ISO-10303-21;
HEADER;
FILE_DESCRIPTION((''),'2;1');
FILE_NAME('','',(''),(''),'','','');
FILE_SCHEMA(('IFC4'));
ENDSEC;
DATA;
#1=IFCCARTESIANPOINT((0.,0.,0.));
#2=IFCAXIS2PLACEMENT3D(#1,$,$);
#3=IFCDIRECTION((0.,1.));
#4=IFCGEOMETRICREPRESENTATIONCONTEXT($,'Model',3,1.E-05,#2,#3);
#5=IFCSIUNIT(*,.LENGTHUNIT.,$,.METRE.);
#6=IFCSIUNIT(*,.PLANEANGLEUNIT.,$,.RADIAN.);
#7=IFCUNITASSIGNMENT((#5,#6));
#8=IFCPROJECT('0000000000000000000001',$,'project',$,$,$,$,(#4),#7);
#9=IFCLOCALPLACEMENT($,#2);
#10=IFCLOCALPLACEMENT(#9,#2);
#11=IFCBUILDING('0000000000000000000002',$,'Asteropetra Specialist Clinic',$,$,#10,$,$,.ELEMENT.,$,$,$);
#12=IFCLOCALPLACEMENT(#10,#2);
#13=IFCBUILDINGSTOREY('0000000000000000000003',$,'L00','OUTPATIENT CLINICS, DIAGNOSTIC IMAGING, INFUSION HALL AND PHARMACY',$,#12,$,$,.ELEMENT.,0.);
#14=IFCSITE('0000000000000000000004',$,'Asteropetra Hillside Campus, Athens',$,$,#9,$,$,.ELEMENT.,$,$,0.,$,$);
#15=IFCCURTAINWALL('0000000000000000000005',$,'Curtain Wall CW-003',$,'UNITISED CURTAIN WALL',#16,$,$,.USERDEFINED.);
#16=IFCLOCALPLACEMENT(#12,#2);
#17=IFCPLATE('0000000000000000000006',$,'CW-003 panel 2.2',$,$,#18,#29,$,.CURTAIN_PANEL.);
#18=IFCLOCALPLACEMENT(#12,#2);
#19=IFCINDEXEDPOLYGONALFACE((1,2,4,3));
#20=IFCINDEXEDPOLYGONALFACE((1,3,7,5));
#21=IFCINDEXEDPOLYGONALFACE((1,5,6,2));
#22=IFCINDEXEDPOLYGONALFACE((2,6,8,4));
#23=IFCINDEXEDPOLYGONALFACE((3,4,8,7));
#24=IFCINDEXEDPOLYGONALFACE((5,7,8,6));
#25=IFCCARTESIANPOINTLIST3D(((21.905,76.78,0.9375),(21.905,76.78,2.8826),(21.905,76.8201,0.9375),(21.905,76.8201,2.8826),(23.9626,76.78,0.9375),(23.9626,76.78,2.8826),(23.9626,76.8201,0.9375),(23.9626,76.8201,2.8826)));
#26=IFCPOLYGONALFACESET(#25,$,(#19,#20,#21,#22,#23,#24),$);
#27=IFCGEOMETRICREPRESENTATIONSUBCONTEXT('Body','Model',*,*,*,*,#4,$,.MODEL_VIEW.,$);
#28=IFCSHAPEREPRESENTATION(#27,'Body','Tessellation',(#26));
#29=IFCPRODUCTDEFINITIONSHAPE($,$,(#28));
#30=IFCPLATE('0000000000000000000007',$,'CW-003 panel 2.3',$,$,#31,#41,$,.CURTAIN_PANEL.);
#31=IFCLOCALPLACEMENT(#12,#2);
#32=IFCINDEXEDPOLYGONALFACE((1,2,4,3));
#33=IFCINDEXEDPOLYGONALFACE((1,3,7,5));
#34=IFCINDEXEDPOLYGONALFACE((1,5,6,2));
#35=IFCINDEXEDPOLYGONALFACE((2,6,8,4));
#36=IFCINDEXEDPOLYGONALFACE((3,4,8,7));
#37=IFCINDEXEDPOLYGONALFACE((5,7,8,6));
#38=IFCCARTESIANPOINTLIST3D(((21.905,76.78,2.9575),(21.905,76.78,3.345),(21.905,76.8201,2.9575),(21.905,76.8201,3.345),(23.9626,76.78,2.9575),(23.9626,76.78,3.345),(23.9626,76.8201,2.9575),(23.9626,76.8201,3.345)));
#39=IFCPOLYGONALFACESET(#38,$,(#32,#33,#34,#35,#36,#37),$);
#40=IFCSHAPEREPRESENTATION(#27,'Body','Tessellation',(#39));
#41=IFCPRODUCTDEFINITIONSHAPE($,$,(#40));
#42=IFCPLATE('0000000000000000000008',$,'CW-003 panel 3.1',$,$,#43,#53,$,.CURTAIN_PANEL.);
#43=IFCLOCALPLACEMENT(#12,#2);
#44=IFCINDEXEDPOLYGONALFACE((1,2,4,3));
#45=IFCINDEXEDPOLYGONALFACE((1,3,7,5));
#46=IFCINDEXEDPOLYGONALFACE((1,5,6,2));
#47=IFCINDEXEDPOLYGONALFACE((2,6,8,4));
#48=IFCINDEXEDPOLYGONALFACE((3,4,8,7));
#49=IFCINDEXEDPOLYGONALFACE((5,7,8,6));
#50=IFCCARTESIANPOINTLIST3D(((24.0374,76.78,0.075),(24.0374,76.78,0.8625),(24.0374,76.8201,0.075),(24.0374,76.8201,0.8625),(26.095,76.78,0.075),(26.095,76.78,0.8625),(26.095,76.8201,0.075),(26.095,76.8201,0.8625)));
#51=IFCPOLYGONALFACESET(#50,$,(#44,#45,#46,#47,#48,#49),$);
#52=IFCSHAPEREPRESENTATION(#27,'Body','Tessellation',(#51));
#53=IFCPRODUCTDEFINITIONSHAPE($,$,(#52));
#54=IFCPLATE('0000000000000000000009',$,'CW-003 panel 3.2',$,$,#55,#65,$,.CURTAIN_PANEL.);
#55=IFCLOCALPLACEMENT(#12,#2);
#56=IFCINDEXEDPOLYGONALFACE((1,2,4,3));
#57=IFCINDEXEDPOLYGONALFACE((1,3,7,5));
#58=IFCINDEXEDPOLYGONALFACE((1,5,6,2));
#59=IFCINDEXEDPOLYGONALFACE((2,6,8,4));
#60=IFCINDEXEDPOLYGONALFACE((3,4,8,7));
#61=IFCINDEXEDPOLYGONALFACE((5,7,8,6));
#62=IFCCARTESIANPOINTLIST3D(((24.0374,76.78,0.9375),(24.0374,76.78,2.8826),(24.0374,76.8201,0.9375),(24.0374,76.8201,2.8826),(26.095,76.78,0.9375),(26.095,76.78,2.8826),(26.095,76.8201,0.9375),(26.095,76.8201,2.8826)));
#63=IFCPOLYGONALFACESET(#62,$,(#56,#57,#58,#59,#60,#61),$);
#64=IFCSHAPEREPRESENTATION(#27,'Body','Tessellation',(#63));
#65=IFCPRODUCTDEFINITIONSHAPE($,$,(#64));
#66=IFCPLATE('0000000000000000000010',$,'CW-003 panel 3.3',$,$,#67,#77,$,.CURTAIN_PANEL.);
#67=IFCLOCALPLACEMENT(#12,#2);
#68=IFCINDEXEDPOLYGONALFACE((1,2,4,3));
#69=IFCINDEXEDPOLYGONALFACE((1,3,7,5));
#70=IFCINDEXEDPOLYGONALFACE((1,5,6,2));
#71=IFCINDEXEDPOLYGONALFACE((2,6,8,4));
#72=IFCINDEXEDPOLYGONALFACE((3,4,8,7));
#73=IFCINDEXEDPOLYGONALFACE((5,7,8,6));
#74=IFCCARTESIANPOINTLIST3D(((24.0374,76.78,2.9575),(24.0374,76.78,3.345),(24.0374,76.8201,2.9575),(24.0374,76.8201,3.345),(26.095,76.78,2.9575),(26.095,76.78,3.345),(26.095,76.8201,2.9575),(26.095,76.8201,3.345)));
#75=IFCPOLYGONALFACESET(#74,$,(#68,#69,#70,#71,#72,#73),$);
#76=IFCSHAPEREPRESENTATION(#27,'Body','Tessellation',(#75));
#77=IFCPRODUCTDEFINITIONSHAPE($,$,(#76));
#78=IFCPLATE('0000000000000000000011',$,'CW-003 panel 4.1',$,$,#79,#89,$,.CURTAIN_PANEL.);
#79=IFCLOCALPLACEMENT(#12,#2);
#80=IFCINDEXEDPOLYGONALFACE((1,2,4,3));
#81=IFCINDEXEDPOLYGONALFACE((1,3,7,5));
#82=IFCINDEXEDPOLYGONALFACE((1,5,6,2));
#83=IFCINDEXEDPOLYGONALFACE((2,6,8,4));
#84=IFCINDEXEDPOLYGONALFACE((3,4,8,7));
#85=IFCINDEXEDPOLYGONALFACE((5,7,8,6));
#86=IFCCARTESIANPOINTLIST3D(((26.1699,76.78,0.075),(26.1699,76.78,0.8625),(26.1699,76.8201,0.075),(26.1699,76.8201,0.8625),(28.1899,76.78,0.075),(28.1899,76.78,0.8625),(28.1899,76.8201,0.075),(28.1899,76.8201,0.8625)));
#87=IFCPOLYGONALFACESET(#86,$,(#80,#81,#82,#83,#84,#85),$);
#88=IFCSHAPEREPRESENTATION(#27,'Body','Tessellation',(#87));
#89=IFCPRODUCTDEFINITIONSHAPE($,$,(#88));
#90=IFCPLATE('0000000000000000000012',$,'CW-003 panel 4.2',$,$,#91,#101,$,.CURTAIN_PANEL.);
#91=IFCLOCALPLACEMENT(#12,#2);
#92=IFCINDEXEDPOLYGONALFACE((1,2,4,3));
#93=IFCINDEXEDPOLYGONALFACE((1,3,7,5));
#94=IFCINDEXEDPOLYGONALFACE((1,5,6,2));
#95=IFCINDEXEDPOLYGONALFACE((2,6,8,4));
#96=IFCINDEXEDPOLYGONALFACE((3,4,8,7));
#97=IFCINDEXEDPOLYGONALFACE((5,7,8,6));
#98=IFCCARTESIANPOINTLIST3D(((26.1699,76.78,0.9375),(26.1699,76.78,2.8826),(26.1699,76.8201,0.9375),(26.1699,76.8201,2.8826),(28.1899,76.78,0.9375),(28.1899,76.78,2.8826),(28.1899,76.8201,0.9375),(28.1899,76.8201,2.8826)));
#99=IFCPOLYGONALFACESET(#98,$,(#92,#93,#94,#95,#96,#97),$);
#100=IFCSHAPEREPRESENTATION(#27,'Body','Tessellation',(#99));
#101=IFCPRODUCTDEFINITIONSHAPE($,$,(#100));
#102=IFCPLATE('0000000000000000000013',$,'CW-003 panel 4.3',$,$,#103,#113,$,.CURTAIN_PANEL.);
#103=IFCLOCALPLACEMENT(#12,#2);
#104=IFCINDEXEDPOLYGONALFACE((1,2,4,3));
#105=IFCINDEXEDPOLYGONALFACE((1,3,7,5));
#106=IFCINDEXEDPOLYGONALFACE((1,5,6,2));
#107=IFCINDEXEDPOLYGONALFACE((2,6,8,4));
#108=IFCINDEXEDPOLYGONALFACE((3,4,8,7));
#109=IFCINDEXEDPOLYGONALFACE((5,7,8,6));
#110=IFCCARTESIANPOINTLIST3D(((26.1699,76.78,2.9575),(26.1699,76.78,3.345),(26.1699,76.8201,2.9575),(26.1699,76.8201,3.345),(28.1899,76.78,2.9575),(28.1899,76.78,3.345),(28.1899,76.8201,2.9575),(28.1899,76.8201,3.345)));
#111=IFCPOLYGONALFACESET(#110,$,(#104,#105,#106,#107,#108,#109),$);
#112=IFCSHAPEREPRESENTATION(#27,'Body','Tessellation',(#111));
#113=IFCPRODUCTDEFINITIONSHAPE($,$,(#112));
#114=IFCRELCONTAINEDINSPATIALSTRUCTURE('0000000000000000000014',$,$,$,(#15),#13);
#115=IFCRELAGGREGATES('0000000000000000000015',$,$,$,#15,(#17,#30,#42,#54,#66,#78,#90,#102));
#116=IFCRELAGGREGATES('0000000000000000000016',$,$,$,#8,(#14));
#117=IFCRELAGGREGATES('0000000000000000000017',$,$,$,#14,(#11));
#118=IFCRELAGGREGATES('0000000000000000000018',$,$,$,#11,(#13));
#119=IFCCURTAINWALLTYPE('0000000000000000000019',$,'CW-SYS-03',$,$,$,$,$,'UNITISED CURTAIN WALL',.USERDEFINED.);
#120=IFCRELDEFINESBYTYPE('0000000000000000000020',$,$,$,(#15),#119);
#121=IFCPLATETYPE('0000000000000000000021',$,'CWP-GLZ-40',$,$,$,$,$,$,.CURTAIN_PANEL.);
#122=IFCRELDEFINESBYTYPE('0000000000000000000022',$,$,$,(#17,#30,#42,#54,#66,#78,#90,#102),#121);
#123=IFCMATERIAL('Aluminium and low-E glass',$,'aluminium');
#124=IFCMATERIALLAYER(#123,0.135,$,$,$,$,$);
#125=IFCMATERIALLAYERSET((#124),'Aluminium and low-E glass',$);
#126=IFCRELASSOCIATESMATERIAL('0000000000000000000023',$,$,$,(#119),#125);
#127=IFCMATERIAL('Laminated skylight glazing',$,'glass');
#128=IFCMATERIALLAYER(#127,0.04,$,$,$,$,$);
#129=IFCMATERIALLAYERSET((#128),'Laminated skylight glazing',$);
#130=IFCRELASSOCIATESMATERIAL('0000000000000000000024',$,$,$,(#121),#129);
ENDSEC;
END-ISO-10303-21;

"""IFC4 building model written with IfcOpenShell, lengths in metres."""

from ifc_helpers import new_model, si_unit, direction, frame, origin, origin_2d, place, context, subcontext, project, spatial, rectangle, extrude, material, layer, layer_set, type_object, element, aggregate, save


model = new_model("IFC4")

# Units and contexts
model_context = context("Model", 3, precision=1e-05, world=origin(), true_north=direction((0.0, 1.0)))
body_context = subcontext(model_context, "Body", "Model", "MODEL_VIEW")
ifc_project = project(units=[si_unit("LENGTHUNIT", "METRE"), si_unit("PLANEANGLEUNIT", "RADIAN")], contexts=[model_context])

# Site, building, storey
site_placement = place(None, origin())
site = spatial("IfcSite", under=ifc_project, at=site_placement, Name="Asteropetra Hillside Campus, Athens", CompositionType="ELEMENT", RefElevation=0.0)
building_placement = place(site_placement, origin())
building = spatial("IfcBuilding", under=site, at=building_placement, Name="Asteropetra Specialist Clinic", CompositionType="ELEMENT")
storey_placement = place(building_placement, origin())
storey = spatial("IfcBuildingStorey", under=building, at=storey_placement, Name="L00", Description="OUTPATIENT CLINICS, DIAGNOSTIC IMAGING, INFUSION HALL AND PHARMACY", CompositionType="ELEMENT", Elevation=0.0)

# Curtain wall, plates
ifc_material_1 = material(Name="Aluminium and low-E glass", Category="aluminium")
ifc_layer_1 = layer(ifc_material_1, 0.135)
ifc_layer_set_1 = layer_set([ifc_layer_1], Name="Aluminium and low-E glass")
curtain_wall_type = type_object("IfcCurtainWallType", Name="CW-SYS-03", ElementType="UNITISED CURTAIN WALL", PredefinedType="USERDEFINED", material=ifc_layer_set_1)
curtain_wall_placement = place(storey_placement, origin())
curtain_wall = element("IfcCurtainWall", 1, at=curtain_wall_placement, inside=storey, type_object=curtain_wall_type, Name="Curtain Wall CW-003", ObjectType="UNITISED CURTAIN WALL", PredefinedType="USERDEFINED")
ifc_material_2 = material(Name="Laminated skylight glazing", Category="glass")
ifc_layer_2 = layer(ifc_material_2, 0.04)
ifc_layer_set_2 = layer_set([ifc_layer_2], Name="Laminated skylight glazing")
plate_type = type_object("IfcPlateType", Name="CWP-GLZ-40", PredefinedType="CURTAIN_PANEL", material=ifc_layer_set_2)
plate_1_placement = place(storey_placement, frame((22.9338, 76.8, 0.9375), z_axis=(0.0, 0.0, 1.0), x_axis=(1.0, 0.0, 0.0)))
plate_1 = element("IfcPlate", 2, at=plate_1_placement, type_object=plate_type, Name="CW-003 panel 2.2", PredefinedType="CURTAIN_PANEL", context=body_context, shape_type="SweptSolid", body=[
    extrude(rectangle(XDim=2.0576, YDim=0.04, at=origin_2d()), origin(), (0.0, 0.0, 1.0), 1.9451),
])
plate_2_placement = place(storey_placement, frame((22.9338, 76.8, 2.9575), z_axis=(0.0, 0.0, 1.0), x_axis=(1.0, 0.0, 0.0)))
plate_2 = element("IfcPlate", 3, at=plate_2_placement, type_object=plate_type, Name="CW-003 panel 2.3", PredefinedType="CURTAIN_PANEL", context=body_context, shape_type="SweptSolid", body=[
    extrude(rectangle(XDim=2.0576, YDim=0.04, at=origin_2d()), origin(), (0.0, 0.0, 1.0), 0.3875),
])
plate_3_placement = place(storey_placement, frame((25.0662, 76.8, 0.075), z_axis=(0.0, 0.0, 1.0), x_axis=(1.0, 0.0, 0.0)))
plate_3 = element("IfcPlate", 4, at=plate_3_placement, type_object=plate_type, Name="CW-003 panel 3.1", PredefinedType="CURTAIN_PANEL", context=body_context, shape_type="SweptSolid", body=[
    extrude(rectangle(XDim=2.0576, YDim=0.04, at=origin_2d()), origin(), (0.0, 0.0, 1.0), 0.7876),
])
plate_4_placement = place(storey_placement, frame((25.0662, 76.8, 0.9375), z_axis=(0.0, 0.0, 1.0), x_axis=(1.0, 0.0, 0.0)))
plate_4 = element("IfcPlate", 5, at=plate_4_placement, type_object=plate_type, Name="CW-003 panel 3.2", PredefinedType="CURTAIN_PANEL", context=body_context, shape_type="SweptSolid", body=[
    extrude(rectangle(XDim=2.0576, YDim=0.04, at=origin_2d()), origin(), (0.0, 0.0, 1.0), 1.9451),
])
plate_5_placement = place(storey_placement, frame((25.0662, 76.8, 2.9575), z_axis=(0.0, 0.0, 1.0), x_axis=(1.0, 0.0, 0.0)))
plate_5 = element("IfcPlate", 6, at=plate_5_placement, type_object=plate_type, Name="CW-003 panel 3.3", PredefinedType="CURTAIN_PANEL", context=body_context, shape_type="SweptSolid", body=[
    extrude(rectangle(XDim=2.0576, YDim=0.04, at=origin_2d()), origin(), (0.0, 0.0, 1.0), 0.3875),
])
plate_6_placement = place(storey_placement, frame((27.1799, 76.8, 0.075), z_axis=(0.0, 0.0, 1.0), x_axis=(1.0, 0.0, 0.0)))
plate_6 = element("IfcPlate", 7, at=plate_6_placement, type_object=plate_type, Name="CW-003 panel 4.1", PredefinedType="CURTAIN_PANEL", context=body_context, shape_type="SweptSolid", body=[
    extrude(rectangle(XDim=2.02, YDim=0.04, at=origin_2d()), origin(), (0.0, 0.0, 1.0), 0.7876),
])
plate_7_placement = place(storey_placement, frame((27.1799, 76.8, 0.9375), z_axis=(0.0, 0.0, 1.0), x_axis=(1.0, 0.0, 0.0)))
plate_7 = element("IfcPlate", 8, at=plate_7_placement, type_object=plate_type, Name="CW-003 panel 4.2", PredefinedType="CURTAIN_PANEL", context=body_context, shape_type="SweptSolid", body=[
    extrude(rectangle(XDim=2.02, YDim=0.04, at=origin_2d()), origin(), (0.0, 0.0, 1.0), 1.9451),
])
plate_8_placement = place(storey_placement, frame((27.1799, 76.8, 2.9575), z_axis=(0.0, 0.0, 1.0), x_axis=(1.0, 0.0, 0.0)))
plate_8 = element("IfcPlate", 9, at=plate_8_placement, type_object=plate_type, Name="CW-003 panel 4.3", PredefinedType="CURTAIN_PANEL", context=body_context, shape_type="SweptSolid", body=[
    extrude(rectangle(XDim=2.02, YDim=0.04, at=origin_2d()), origin(), (0.0, 0.0, 1.0), 0.3875),
])
aggregate(curtain_wall, [plate_1, plate_2, plate_3, plate_4, plate_5, plate_6, plate_7, plate_8])

save(model, "model.ifc")
